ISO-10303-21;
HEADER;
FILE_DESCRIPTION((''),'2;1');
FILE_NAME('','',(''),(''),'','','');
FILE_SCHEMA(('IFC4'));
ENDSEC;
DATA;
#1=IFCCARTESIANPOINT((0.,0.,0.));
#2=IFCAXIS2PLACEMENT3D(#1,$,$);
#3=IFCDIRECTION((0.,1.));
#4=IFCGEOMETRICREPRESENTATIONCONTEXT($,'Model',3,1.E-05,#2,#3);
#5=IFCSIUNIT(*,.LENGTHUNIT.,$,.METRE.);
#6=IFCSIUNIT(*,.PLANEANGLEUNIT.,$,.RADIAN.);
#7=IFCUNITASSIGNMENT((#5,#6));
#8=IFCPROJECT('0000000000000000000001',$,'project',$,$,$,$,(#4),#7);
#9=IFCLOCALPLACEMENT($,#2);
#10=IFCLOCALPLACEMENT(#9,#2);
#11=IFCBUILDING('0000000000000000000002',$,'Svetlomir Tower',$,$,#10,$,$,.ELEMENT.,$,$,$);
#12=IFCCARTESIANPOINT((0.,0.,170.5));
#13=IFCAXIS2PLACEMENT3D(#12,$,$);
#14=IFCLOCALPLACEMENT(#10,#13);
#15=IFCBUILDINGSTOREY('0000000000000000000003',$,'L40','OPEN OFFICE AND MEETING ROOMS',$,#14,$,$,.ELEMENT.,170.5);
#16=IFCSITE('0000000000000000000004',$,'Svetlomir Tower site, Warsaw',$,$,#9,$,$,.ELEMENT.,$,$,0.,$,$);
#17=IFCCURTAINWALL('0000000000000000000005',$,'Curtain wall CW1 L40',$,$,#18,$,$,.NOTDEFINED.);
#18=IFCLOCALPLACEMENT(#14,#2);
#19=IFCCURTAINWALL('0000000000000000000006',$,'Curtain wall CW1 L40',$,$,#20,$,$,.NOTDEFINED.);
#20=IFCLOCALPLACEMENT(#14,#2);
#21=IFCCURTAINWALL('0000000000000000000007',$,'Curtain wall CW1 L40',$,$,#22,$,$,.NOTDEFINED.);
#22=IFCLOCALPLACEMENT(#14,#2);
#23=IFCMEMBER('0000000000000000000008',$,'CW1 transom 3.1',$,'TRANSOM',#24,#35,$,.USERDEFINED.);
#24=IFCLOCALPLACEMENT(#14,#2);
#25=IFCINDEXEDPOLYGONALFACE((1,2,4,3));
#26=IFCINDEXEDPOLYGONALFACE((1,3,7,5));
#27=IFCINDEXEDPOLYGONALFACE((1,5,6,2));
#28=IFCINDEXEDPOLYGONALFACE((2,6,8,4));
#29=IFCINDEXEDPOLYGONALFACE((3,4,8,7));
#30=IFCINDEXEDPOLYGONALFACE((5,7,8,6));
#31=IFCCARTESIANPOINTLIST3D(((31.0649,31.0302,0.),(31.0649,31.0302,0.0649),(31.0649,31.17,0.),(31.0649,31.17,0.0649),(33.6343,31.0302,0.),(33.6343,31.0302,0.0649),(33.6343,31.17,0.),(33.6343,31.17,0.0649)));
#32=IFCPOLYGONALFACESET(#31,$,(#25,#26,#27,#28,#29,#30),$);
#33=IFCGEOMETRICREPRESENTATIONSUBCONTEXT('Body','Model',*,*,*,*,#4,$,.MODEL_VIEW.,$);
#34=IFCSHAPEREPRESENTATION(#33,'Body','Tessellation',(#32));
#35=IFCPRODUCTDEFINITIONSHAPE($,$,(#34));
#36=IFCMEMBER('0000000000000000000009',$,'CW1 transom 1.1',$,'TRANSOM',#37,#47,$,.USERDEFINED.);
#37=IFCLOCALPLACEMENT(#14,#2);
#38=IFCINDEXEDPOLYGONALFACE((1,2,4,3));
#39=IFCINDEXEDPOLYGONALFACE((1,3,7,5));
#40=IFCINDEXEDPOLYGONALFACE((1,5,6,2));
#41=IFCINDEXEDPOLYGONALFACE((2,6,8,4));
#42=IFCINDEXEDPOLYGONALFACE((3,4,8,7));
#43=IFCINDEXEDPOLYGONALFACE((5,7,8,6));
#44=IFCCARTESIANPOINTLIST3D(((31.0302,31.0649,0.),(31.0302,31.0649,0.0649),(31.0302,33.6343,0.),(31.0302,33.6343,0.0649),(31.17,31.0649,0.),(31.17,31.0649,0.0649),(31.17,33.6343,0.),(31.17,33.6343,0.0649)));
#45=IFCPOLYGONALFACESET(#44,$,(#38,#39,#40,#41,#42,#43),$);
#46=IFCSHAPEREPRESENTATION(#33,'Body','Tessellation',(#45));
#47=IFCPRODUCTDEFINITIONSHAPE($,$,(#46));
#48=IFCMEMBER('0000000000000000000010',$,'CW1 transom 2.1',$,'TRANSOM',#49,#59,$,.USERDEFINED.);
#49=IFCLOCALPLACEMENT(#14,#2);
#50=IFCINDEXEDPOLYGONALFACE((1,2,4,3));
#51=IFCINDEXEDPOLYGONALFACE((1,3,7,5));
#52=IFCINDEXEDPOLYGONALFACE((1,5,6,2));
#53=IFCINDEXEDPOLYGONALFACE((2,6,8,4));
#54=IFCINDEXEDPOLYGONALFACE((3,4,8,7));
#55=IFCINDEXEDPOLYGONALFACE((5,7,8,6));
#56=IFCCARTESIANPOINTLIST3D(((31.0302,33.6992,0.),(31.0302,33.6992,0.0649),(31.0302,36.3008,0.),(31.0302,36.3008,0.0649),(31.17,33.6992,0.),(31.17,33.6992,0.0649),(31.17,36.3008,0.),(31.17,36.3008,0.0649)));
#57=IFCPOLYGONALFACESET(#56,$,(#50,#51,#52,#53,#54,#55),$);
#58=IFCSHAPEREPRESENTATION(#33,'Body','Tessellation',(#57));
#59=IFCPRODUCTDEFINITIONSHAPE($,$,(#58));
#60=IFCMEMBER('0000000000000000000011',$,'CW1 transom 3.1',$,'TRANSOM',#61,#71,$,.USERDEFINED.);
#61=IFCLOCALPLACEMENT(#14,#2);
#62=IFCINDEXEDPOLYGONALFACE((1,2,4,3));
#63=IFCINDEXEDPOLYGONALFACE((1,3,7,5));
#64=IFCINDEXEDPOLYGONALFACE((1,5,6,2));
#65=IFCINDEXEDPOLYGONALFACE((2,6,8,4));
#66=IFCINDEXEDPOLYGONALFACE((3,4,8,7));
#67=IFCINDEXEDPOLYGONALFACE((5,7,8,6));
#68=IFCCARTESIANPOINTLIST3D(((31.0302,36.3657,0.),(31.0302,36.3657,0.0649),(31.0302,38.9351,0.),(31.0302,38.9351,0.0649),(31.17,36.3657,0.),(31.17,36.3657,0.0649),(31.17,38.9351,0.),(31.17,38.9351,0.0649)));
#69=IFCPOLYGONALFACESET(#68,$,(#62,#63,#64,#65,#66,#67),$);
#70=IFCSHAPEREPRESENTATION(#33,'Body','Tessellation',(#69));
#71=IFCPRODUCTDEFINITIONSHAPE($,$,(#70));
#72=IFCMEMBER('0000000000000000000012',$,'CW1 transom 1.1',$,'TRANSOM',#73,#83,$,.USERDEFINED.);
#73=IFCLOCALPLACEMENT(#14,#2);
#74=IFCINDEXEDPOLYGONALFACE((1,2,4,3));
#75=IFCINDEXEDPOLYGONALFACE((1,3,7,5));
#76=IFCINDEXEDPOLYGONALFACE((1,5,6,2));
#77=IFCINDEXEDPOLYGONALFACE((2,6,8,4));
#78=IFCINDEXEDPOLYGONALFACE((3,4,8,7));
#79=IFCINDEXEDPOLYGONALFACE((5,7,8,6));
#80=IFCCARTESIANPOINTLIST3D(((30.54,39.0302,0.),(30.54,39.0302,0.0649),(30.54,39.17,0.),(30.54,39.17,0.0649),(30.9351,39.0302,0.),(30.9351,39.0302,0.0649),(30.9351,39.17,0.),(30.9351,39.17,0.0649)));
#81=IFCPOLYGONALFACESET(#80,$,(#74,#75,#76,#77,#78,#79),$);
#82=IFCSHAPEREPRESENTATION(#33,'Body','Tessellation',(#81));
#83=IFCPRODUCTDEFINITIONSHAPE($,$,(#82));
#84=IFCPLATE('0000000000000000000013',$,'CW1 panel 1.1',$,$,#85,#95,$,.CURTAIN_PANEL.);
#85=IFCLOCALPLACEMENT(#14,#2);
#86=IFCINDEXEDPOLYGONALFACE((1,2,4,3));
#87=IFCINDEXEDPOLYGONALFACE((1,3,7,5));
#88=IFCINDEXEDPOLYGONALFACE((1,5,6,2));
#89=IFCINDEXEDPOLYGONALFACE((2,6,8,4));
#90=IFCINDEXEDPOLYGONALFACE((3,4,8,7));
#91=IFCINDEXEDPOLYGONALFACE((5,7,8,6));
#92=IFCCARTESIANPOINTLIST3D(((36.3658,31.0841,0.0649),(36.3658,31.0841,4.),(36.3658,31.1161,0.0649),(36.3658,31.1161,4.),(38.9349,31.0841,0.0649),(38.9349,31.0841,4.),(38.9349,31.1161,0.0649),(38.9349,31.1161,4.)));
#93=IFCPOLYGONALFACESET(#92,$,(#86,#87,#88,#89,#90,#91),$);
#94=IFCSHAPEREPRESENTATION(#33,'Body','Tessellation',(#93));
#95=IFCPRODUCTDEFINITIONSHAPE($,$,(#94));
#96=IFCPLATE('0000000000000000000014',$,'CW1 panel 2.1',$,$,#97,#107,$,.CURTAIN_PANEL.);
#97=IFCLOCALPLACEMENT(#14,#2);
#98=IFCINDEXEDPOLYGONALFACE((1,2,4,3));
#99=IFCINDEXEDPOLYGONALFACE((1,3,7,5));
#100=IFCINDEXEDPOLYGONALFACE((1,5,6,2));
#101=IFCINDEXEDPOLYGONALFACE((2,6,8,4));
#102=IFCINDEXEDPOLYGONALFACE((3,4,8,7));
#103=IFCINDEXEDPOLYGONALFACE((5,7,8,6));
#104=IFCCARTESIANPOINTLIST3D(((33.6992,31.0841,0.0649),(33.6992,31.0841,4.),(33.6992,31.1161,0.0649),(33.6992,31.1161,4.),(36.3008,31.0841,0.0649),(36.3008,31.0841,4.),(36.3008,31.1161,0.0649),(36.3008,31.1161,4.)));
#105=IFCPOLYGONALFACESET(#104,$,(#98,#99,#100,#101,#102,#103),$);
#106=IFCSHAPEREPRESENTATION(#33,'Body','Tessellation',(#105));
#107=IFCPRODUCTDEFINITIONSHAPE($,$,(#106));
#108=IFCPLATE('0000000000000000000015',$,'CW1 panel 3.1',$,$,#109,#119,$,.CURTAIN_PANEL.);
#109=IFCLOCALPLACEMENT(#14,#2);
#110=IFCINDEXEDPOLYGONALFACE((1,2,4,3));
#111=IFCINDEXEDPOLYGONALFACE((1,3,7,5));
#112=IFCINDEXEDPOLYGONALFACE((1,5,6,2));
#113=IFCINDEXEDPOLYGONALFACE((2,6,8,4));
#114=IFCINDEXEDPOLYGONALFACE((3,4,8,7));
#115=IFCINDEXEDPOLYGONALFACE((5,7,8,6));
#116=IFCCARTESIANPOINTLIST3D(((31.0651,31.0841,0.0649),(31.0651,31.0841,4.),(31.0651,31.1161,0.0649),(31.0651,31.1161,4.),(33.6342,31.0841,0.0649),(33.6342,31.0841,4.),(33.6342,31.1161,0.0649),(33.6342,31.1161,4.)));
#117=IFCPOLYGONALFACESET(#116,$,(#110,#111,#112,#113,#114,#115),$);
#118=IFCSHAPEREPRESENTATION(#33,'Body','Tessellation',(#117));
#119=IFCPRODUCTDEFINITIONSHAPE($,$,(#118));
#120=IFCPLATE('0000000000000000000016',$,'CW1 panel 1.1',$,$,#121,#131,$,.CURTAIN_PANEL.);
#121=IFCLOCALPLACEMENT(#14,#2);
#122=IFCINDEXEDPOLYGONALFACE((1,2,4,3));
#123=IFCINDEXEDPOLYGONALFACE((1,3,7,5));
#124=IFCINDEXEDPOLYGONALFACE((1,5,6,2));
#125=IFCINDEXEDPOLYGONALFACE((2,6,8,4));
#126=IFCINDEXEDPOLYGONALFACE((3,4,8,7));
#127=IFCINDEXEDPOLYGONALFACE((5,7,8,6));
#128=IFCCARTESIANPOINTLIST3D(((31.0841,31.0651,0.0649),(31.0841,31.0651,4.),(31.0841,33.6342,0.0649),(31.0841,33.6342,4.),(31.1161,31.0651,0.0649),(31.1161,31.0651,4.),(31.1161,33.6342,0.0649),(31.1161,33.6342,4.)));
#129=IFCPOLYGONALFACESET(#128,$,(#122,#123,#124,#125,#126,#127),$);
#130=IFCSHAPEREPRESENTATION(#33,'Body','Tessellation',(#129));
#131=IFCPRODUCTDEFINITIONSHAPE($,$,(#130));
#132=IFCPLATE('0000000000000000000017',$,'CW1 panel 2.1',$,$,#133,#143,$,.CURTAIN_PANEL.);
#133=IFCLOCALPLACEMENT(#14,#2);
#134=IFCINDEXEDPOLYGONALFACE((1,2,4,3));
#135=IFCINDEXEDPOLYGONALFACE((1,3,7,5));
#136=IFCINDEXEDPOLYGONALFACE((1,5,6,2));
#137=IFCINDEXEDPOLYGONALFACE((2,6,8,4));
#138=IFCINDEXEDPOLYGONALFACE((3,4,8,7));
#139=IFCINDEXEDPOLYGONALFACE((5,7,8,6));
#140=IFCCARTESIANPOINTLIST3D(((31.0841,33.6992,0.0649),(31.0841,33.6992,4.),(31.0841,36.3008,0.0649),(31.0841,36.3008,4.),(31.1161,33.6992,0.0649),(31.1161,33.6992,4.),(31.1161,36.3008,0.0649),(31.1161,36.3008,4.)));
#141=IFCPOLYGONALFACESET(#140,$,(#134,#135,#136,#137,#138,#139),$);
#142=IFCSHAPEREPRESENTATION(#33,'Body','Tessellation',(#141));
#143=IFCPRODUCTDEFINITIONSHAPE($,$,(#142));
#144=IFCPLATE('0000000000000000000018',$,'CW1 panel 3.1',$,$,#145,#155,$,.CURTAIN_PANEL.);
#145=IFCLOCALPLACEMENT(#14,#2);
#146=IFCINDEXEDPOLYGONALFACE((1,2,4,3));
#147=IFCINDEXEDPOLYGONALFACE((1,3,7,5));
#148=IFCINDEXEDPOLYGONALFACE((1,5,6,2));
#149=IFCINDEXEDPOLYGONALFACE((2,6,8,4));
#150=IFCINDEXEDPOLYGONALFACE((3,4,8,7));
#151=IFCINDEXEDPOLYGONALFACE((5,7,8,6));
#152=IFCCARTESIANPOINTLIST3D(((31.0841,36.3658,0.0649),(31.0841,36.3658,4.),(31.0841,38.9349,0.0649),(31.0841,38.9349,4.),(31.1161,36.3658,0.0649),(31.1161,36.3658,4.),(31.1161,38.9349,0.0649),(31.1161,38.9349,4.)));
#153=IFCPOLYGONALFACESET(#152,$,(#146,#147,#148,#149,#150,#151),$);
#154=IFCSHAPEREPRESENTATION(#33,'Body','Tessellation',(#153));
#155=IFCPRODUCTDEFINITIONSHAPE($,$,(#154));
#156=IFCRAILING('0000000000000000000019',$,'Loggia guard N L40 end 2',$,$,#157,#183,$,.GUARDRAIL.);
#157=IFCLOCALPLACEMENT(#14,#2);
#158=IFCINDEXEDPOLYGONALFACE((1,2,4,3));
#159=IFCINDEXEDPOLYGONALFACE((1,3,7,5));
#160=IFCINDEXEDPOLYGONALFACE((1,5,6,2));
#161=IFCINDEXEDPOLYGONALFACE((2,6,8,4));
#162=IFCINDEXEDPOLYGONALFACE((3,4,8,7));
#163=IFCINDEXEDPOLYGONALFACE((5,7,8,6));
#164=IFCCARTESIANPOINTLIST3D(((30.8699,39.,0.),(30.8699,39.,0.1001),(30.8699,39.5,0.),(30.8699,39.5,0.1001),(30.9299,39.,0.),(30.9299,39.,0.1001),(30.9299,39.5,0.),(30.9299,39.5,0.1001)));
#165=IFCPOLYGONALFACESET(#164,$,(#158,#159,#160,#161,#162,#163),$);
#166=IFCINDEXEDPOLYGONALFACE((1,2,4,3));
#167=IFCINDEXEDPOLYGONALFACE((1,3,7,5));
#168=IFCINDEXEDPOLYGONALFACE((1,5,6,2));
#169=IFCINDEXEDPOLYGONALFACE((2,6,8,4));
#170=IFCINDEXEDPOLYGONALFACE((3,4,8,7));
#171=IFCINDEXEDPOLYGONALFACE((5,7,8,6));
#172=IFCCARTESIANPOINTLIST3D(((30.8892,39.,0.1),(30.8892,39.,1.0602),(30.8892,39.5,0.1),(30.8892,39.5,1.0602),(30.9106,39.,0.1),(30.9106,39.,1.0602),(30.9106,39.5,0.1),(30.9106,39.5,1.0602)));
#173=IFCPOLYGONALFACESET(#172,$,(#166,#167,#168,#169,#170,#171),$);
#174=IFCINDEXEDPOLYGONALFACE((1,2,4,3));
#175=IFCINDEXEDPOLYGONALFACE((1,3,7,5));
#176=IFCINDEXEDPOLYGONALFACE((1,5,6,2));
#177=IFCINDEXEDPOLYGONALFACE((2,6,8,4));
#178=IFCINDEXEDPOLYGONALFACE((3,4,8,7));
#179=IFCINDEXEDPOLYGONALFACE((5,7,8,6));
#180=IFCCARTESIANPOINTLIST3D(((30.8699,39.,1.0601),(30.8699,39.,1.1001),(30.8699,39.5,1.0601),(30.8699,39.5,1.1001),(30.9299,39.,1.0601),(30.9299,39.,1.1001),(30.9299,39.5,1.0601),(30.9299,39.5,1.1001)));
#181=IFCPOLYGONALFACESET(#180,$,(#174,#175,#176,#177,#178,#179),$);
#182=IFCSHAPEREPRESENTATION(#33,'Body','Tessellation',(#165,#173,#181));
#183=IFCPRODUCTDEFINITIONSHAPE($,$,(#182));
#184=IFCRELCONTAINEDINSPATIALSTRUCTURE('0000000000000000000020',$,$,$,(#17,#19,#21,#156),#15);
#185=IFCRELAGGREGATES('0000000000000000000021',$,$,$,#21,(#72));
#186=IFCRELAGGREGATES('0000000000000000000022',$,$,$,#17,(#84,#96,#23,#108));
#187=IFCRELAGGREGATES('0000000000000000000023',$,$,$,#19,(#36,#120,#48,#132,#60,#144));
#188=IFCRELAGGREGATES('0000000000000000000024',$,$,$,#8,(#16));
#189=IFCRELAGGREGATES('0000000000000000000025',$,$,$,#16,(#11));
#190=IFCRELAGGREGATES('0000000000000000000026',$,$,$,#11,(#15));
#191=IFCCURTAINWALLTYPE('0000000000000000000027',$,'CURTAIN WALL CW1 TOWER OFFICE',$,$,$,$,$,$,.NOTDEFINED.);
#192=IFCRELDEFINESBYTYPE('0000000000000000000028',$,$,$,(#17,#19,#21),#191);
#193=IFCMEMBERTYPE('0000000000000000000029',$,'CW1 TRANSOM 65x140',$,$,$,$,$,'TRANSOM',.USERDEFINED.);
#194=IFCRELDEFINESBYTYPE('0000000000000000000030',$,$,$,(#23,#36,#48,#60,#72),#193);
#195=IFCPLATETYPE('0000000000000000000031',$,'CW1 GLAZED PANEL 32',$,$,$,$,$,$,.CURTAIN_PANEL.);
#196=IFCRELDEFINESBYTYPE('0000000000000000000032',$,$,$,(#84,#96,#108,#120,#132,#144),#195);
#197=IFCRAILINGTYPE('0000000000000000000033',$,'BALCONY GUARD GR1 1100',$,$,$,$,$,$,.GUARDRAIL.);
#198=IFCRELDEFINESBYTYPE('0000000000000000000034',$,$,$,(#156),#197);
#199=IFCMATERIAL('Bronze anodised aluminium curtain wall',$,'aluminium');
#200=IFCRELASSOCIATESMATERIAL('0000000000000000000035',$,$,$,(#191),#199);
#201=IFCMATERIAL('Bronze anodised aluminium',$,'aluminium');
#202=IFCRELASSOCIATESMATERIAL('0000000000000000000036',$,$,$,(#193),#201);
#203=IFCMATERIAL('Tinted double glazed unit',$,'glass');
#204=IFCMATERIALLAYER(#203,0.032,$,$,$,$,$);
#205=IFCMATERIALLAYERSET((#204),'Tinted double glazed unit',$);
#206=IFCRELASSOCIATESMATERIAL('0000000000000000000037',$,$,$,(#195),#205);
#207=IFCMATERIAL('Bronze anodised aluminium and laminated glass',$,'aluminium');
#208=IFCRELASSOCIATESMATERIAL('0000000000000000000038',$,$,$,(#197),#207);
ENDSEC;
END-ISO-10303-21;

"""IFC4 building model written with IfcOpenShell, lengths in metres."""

from ifc_helpers import new_model, si_unit, direction, frame, origin, origin_2d, place, context, subcontext, project, spatial, rectangle, extrude, material, layer, layer_set, material_profile, profile_set, type_object, element, aggregate, save


model = new_model("IFC4")

# Units and contexts
model_context = context("Model", 3, precision=1e-05, world=origin(), true_north=direction((0.0, 1.0)))
body_context = subcontext(model_context, "Body", "Model", "MODEL_VIEW")
ifc_project = project(units=[si_unit("LENGTHUNIT", "METRE"), si_unit("PLANEANGLEUNIT", "RADIAN")], contexts=[model_context])

# Site, building, storey
site_placement = place(None, origin())
site = spatial("IfcSite", under=ifc_project, at=site_placement, Name="Svetlomir Tower site, Warsaw", CompositionType="ELEMENT", RefElevation=0.0)
building_placement = place(site_placement, origin())
building = spatial("IfcBuilding", under=site, at=building_placement, Name="Svetlomir Tower", CompositionType="ELEMENT")
storey_placement = place(building_placement, frame((0.0, 0.0, 170.5)))
storey = spatial("IfcBuildingStorey", under=building, at=storey_placement, Name="L40", Description="OPEN OFFICE AND MEETING ROOMS", CompositionType="ELEMENT", Elevation=170.5)

# Curtain walls
ifc_material_1 = material(Name="Bronze anodised aluminium curtain wall", Category="aluminium")
curtain_wall_type = type_object("IfcCurtainWallType", Name="CURTAIN WALL CW1 TOWER OFFICE", PredefinedType="NOTDEFINED", material=ifc_material_1)
curtain_wall_1_placement = place(storey_placement, origin())
curtain_wall_1 = element("IfcCurtainWall", 1, at=curtain_wall_1_placement, inside=storey, type_object=curtain_wall_type, Name="Curtain wall CW1 L40", PredefinedType="NOTDEFINED")
curtain_wall_2_placement = place(storey_placement, origin())
curtain_wall_2 = element("IfcCurtainWall", 2, at=curtain_wall_2_placement, inside=storey, type_object=curtain_wall_type, Name="Curtain wall CW1 L40", PredefinedType="NOTDEFINED")

# Curtain wall
curtain_wall_3_placement = place(storey_placement, origin())
curtain_wall_3 = element("IfcCurtainWall", 3, at=curtain_wall_3_placement, inside=storey, type_object=curtain_wall_type, Name="Curtain wall CW1 L40", PredefinedType="NOTDEFINED")

# Members
ifc_material_2 = material(Name="Bronze anodised aluminium", Category="aluminium")
ifc_material_profile_1 = material_profile(ifc_material_2, rectangle(XDim=0.1399, YDim=0.0649, at=origin_2d()), Name="AL 140x65")
ifc_profile_set_1 = profile_set([ifc_material_profile_1], Name="Bronze anodised aluminium 6063-T6")
member_type_1 = type_object("IfcMemberType", Name="CW1 TRANSOM 65x140", ElementType="TRANSOM", PredefinedType="USERDEFINED", material=ifc_profile_set_1)
member_1_placement = place(storey_placement, frame((33.6343, 31.1001, 0.0325), z_axis=(-1.0, 0.0, 0.0), x_axis=(0.0, -1.0, 0.0)))
member_1 = element("IfcMember", 4, at=member_1_placement, type_object=member_type_1, Name="CW1 transom 3.1", ObjectType="TRANSOM", PredefinedType="USERDEFINED", context=body_context, shape_type="SweptSolid", body=[
    extrude(rectangle(XDim=0.1399, YDim=0.0649, at=origin_2d()), origin(), (0.0, 0.0, 1.0), 2.5693),
])
member_2_placement = place(storey_placement, frame((31.1001, 31.0649, 0.0325), z_axis=(0.0, 1.0, 0.0), x_axis=(-1.0, 0.0, 0.0)))
member_2 = element("IfcMember", 5, at=member_2_placement, type_object=member_type_1, Name="CW1 transom 1.1", ObjectType="TRANSOM", PredefinedType="USERDEFINED", context=body_context, shape_type="SweptSolid", body=[
    extrude(rectangle(XDim=0.1399, YDim=0.0649, at=origin_2d()), origin(), (0.0, 0.0, 1.0), 2.5693),
])
member_3_placement = place(storey_placement, frame((31.1001, 33.6992, 0.0325), z_axis=(0.0, 1.0, 0.0), x_axis=(-1.0, 0.0, 0.0)))
member_3 = element("IfcMember", 6, at=member_3_placement, type_object=member_type_1, Name="CW1 transom 2.1", ObjectType="TRANSOM", PredefinedType="USERDEFINED", context=body_context, shape_type="SweptSolid", body=[
    extrude(rectangle(XDim=0.1399, YDim=0.0649, at=origin_2d()), origin(), (0.0, 0.0, 1.0), 2.6016),
])
member_4_placement = place(storey_placement, frame((31.1001, 36.3657, 0.0325), z_axis=(0.0, 1.0, 0.0), x_axis=(-1.0, 0.0, 0.0)))
member_4 = element("IfcMember", 7, at=member_4_placement, type_object=member_type_1, Name="CW1 transom 3.1", ObjectType="TRANSOM", PredefinedType="USERDEFINED", context=body_context, shape_type="SweptSolid", body=[
    extrude(rectangle(XDim=0.1399, YDim=0.0649, at=origin_2d()), origin(), (0.0, 0.0, 1.0), 2.5693),
])
member_5_placement = place(storey_placement, frame((30.9351, 39.1001, 0.0325), z_axis=(-1.0, 0.0, 0.0), x_axis=(0.0, -1.0, 0.0)))
member_5 = element("IfcMember", 8, at=member_5_placement, type_object=member_type_1, Name="CW1 transom 1.1", ObjectType="TRANSOM", PredefinedType="USERDEFINED", context=body_context, shape_type="SweptSolid", body=[
    extrude(rectangle(XDim=0.1399, YDim=0.0649, at=origin_2d()), origin(), (0.0, 0.0, 1.0), 0.395),
])
aggregate(curtain_wall_3, [member_5])

# Plates
ifc_material_3 = material(Name="Tinted double glazed unit", Category="glass")
ifc_layer = layer(ifc_material_3, 0.032)
ifc_layer_set = layer_set([ifc_layer], Name="Tinted double glazed unit")
plate_type = type_object("IfcPlateType", Name="CW1 GLAZED PANEL 32", PredefinedType="CURTAIN_PANEL", material=ifc_layer_set)
plate_1_placement = place(storey_placement, frame((37.6504, 31.1001, 0.0649), z_axis=(0.0, 0.0, 1.0), x_axis=(-1.0, 0.0, 0.0)))
plate_1 = element("IfcPlate", 9, at=plate_1_placement, type_object=plate_type, Name="CW1 panel 1.1", PredefinedType="CURTAIN_PANEL", context=body_context, shape_type="SweptSolid", body=[
    extrude(rectangle(XDim=2.5691, YDim=0.032, at=origin_2d()), origin(), (0.0, 0.0, 1.0), 3.9351),
])
plate_2_placement = place(storey_placement, frame((35.0, 31.1001, 0.0649), z_axis=(0.0, 0.0, 1.0), x_axis=(-1.0, 0.0, 0.0)))
plate_2 = element("IfcPlate", 10, at=plate_2_placement, type_object=plate_type, Name="CW1 panel 2.1", PredefinedType="CURTAIN_PANEL", context=body_context, shape_type="SweptSolid", body=[
    extrude(rectangle(XDim=2.6016, YDim=0.032, at=origin_2d()), origin(), (0.0, 0.0, 1.0), 3.9351),
])
plate_3_placement = place(storey_placement, frame((32.3496, 31.1001, 0.0649), z_axis=(0.0, 0.0, 1.0), x_axis=(-1.0, 0.0, 0.0)))
plate_3 = element("IfcPlate", 11, at=plate_3_placement, type_object=plate_type, Name="CW1 panel 3.1", PredefinedType="CURTAIN_PANEL", context=body_context, shape_type="SweptSolid", body=[
    extrude(rectangle(XDim=2.5691, YDim=0.032, at=origin_2d()), origin(), (0.0, 0.0, 1.0), 3.9351),
])
aggregate(curtain_wall_1, [plate_1, plate_2, member_1, plate_3])
plate_4_placement = place(storey_placement, frame((31.1001, 32.3496, 0.0649), z_axis=(0.0, 0.0, 1.0), x_axis=(0.0, 1.0, 0.0)))
plate_4 = element("IfcPlate", 12, at=plate_4_placement, type_object=plate_type, Name="CW1 panel 1.1", PredefinedType="CURTAIN_PANEL", context=body_context, shape_type="SweptSolid", body=[
    extrude(rectangle(XDim=2.5691, YDim=0.032, at=origin_2d()), origin(), (0.0, 0.0, 1.0), 3.9351),
])
plate_5_placement = place(storey_placement, frame((31.1001, 35.0, 0.0649), z_axis=(0.0, 0.0, 1.0), x_axis=(0.0, 1.0, 0.0)))
plate_5 = element("IfcPlate", 13, at=plate_5_placement, type_object=plate_type, Name="CW1 panel 2.1", PredefinedType="CURTAIN_PANEL", context=body_context, shape_type="SweptSolid", body=[
    extrude(rectangle(XDim=2.6016, YDim=0.032, at=origin_2d()), origin(), (0.0, 0.0, 1.0), 3.9351),
])
plate_6_placement = place(storey_placement, frame((31.1001, 37.6504, 0.0649), z_axis=(0.0, 0.0, 1.0), x_axis=(0.0, 1.0, 0.0)))
plate_6 = element("IfcPlate", 14, at=plate_6_placement, type_object=plate_type, Name="CW1 panel 3.1", PredefinedType="CURTAIN_PANEL", context=body_context, shape_type="SweptSolid", body=[
    extrude(rectangle(XDim=2.5691, YDim=0.032, at=origin_2d()), origin(), (0.0, 0.0, 1.0), 3.9351),
])
aggregate(curtain_wall_2, [member_2, plate_4, member_3, plate_5, member_4, plate_6])

# Railing
ifc_material_4 = material(Name="Bronze anodised aluminium and laminated glass", Category="aluminium")
railing_type = type_object("IfcRailingType", Name="BALCONY GUARD GR1 1100", PredefinedType="GUARDRAIL", material=ifc_material_4)
railing_placement = place(storey_placement, frame((30.8999, 39.5, 0.0)))
element("IfcRailing", 15, at=railing_placement, inside=storey, type_object=railing_type, Name="Loggia guard N L40 end 2", PredefinedType="GUARDRAIL", context=body_context, shape_type="SweptSolid", body=[
    extrude(rectangle(XDim=0.0601, YDim=0.1001, at=origin_2d()), frame((0.0, 0.0, 0.05), z_axis=(0.0, -1.0, 0.0), x_axis=(1.0, 0.0, 0.0)), (0.0, 0.0, 1.0), 0.5),
    extrude(rectangle(XDim=0.0215, YDim=0.9602, at=origin_2d()), frame((0.0, 0.0, 0.5801), z_axis=(0.0, -1.0, 0.0), x_axis=(1.0, 0.0, 0.0)), (0.0, 0.0, 1.0), 0.5),
    extrude(rectangle(XDim=0.0601, YDim=0.04, at=origin_2d()), frame((0.0, 0.0, 1.0801), z_axis=(0.0, -1.0, 0.0), x_axis=(1.0, 0.0, 0.0)), (0.0, 0.0, 1.0), 0.5),
])

save(model, "model.ifc")
